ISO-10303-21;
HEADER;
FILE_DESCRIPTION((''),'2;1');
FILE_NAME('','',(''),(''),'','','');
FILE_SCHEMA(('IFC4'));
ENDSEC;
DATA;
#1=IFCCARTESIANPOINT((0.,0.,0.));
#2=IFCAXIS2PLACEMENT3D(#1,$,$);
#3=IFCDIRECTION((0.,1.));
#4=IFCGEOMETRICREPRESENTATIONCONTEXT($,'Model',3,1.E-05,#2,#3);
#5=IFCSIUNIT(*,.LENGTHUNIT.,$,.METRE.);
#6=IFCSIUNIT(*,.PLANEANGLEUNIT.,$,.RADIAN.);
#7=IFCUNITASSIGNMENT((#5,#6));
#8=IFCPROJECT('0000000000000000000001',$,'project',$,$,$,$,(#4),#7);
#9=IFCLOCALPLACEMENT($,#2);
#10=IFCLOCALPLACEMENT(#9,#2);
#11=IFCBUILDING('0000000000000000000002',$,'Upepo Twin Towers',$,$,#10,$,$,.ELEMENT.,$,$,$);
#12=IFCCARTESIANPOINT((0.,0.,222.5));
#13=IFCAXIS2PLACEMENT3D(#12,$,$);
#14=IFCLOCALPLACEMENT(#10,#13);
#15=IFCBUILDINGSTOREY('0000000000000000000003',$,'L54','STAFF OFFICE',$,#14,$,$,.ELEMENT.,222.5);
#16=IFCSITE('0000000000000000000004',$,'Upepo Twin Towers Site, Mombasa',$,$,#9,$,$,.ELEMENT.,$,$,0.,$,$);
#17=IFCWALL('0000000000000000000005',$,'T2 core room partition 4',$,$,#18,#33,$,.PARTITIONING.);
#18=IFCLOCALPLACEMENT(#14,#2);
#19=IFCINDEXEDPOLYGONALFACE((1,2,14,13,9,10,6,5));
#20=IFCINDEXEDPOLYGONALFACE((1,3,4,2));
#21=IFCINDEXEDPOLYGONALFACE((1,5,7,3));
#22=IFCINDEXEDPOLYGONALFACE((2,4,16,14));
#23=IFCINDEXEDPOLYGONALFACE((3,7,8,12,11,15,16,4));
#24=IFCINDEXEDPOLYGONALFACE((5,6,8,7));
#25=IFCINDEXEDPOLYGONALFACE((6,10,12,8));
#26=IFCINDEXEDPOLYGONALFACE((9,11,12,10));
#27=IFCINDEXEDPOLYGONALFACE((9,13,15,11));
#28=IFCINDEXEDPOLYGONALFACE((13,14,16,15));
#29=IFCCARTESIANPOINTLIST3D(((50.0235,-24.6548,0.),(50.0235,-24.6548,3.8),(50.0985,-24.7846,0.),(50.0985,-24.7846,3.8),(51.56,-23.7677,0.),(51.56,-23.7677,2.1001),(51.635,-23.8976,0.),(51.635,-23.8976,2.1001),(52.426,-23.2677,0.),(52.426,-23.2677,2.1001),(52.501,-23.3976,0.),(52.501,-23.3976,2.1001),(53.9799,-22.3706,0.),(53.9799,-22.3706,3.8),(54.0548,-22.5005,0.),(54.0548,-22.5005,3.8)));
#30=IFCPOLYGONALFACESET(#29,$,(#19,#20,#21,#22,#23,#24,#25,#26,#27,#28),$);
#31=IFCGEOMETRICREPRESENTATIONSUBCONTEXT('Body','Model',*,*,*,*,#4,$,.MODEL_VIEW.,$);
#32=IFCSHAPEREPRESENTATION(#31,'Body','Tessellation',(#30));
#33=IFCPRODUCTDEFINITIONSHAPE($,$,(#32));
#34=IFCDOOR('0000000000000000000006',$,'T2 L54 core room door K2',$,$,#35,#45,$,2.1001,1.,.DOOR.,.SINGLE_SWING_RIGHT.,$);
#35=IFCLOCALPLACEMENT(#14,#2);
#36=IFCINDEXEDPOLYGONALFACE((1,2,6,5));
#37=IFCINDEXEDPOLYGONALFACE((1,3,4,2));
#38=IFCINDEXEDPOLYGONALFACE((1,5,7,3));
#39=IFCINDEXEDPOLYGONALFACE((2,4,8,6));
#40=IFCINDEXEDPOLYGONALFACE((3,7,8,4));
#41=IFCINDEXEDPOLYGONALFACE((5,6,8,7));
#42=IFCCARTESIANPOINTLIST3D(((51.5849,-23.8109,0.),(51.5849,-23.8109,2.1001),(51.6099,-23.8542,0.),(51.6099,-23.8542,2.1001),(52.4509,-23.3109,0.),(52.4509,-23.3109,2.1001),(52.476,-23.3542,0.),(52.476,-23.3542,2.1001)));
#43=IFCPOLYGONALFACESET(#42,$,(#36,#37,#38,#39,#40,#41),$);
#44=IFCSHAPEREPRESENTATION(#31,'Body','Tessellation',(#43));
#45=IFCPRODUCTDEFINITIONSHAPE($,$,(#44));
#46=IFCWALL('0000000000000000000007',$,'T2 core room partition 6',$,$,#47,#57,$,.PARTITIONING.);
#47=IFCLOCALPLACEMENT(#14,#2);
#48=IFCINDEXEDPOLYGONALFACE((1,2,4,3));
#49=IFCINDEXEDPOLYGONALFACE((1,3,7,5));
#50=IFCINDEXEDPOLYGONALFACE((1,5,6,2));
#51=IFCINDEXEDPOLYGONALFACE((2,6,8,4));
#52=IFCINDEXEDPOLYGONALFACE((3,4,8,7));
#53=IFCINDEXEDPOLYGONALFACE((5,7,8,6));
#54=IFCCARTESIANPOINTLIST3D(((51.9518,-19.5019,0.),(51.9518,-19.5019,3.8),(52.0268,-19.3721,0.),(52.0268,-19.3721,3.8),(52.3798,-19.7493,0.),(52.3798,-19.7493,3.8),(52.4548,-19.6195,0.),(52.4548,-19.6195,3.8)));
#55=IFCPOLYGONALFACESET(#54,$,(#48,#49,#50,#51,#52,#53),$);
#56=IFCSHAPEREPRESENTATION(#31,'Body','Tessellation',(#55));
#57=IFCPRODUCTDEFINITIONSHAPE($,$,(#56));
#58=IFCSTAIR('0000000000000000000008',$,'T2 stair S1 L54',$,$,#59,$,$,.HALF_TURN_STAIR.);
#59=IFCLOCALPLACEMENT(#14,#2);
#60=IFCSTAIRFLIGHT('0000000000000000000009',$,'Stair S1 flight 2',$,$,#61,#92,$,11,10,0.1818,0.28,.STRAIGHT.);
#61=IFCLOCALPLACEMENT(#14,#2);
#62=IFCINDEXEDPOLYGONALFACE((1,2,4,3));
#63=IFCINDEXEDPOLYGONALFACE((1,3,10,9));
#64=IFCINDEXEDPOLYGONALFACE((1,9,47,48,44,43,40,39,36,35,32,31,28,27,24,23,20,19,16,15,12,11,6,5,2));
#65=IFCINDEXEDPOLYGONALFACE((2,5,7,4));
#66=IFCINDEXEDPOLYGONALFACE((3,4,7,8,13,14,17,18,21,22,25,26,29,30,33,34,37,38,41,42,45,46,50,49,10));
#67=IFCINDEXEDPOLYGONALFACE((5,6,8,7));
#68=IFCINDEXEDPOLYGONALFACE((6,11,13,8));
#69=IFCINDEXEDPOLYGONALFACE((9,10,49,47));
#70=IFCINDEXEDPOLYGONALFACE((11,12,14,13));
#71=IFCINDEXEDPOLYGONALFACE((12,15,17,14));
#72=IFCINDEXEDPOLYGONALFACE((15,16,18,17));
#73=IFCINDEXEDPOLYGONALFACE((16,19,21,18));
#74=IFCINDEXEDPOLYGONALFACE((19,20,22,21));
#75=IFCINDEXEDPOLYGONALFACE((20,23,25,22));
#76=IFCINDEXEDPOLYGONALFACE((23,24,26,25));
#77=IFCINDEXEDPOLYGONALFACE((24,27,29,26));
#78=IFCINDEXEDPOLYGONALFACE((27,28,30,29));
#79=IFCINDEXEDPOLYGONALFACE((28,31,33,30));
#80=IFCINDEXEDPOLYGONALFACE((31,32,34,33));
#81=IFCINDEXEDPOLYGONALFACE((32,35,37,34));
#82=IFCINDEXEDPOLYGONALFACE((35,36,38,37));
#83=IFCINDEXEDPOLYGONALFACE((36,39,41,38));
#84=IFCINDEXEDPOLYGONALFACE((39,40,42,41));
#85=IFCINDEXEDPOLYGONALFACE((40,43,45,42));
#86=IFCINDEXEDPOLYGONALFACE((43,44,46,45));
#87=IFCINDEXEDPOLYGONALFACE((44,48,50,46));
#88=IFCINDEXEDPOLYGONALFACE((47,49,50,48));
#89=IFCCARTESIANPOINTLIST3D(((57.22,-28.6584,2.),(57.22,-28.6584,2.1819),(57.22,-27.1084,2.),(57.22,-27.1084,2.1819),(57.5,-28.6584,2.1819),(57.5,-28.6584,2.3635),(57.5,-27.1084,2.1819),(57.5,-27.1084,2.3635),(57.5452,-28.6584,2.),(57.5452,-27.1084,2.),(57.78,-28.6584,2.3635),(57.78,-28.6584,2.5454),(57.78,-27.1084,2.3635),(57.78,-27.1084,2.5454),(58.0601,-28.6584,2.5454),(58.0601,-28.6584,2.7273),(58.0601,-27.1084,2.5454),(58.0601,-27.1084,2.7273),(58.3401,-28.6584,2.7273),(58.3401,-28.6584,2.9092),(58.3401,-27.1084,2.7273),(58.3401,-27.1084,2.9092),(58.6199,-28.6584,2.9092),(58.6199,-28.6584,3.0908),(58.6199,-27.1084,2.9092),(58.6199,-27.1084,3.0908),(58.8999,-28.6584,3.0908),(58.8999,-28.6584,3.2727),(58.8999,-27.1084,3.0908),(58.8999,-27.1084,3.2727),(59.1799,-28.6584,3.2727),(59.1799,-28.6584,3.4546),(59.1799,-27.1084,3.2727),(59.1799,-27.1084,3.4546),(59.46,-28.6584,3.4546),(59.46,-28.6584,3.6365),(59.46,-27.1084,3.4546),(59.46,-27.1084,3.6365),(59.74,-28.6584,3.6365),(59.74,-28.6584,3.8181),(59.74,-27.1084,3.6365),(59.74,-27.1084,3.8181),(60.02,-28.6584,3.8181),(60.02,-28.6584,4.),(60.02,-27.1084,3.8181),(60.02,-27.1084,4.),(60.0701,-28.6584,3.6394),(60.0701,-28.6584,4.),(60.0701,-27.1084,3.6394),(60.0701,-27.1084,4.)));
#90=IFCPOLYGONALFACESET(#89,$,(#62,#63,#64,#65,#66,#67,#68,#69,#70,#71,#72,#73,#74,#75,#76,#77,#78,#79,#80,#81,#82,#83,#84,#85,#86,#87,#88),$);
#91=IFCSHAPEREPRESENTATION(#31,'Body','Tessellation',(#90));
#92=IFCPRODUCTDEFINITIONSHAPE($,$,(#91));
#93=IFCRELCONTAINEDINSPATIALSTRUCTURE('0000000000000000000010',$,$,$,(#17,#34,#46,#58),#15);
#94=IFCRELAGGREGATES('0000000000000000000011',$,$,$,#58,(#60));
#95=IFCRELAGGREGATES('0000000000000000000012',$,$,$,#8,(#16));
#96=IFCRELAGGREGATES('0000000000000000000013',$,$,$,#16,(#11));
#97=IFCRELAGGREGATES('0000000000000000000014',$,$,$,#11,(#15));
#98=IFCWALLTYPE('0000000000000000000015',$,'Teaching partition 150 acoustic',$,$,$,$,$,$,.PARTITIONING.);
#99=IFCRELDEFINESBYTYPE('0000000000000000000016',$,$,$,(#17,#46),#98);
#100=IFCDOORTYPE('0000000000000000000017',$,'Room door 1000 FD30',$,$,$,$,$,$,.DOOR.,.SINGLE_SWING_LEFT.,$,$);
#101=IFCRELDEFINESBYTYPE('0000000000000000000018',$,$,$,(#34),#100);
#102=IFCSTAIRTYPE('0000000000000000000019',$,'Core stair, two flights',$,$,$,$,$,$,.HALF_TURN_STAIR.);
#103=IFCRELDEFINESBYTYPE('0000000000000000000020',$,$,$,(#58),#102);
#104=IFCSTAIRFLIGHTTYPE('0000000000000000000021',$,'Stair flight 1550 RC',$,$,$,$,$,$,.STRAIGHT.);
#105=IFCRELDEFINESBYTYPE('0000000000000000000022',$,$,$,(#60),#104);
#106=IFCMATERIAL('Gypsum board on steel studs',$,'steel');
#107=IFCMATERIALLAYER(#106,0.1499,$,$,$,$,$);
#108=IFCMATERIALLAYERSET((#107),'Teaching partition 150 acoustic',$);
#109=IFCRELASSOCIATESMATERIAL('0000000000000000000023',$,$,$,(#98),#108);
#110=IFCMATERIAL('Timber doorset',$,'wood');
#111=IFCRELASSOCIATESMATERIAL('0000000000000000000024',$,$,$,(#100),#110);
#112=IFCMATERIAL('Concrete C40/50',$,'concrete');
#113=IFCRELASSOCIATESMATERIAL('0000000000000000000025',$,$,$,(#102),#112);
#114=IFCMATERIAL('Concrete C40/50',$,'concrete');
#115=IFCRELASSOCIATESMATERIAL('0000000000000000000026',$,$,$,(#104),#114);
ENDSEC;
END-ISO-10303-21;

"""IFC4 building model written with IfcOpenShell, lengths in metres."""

from ifc_helpers import new_model, si_unit, direction, frame, frame_2d, origin, place, context, subcontext, project, spatial, polyline, rectangle, outline, extrude, material, layer, layer_set, type_object, element, fill, aggregate, save


model = new_model("IFC4")

# Units and contexts
model_context = context("Model", 3, precision=1e-05, world=origin(), true_north=direction((0.0, 1.0)))
body_context = subcontext(model_context, "Body", "Model", "MODEL_VIEW")
ifc_project = project(units=[si_unit("LENGTHUNIT", "METRE"), si_unit("PLANEANGLEUNIT", "RADIAN")], contexts=[model_context])

# Site, building, storey
site_placement = place(None, origin())
site = spatial("IfcSite", under=ifc_project, at=site_placement, Name="Upepo Twin Towers Site, Mombasa", CompositionType="ELEMENT", RefElevation=0.0)
building_placement = place(site_placement, origin())
building = spatial("IfcBuilding", under=site, at=building_placement, Name="Upepo Twin Towers", CompositionType="ELEMENT")
storey_placement = place(building_placement, frame((0.0, 0.0, 222.5)))
storey = spatial("IfcBuildingStorey", under=building, at=storey_placement, Name="L54", Description="STAFF OFFICE", CompositionType="ELEMENT", Elevation=222.5)

# Shared definitions
ifc_material_1 = material(Name="Gypsum board on steel studs", Category="steel")
ifc_layer_1 = layer(ifc_material_1, 0.1499)
ifc_layer_set_1 = layer_set([ifc_layer_1], Name="Teaching partition 150 acoustic")
wall_type_1 = type_object("IfcWallType", Name="Teaching partition 150 acoustic", PredefinedType="PARTITIONING", material=ifc_layer_set_1)

# Wall, opening, door
wall_1_placement = place(storey_placement, frame((54.0173, -22.4355, 0.0), z_axis=(0.0, 0.0, 1.0), x_axis=(-0.866025, -0.500002, 0.0)))
wall_1 = element("IfcWall", 1, at=wall_1_placement, inside=storey, type_object=wall_type_1, Name="T2 core room partition 4", PredefinedType="PARTITIONING", context=body_context, shape_type="SweptSolid", body=[
    extrude(rectangle(XDim=4.5684, YDim=0.1499, at=frame_2d((2.2842, 0.0))), origin(), (0.0, 0.0, 1.0), 3.8),
])
opening_1_placement = place(wall_1_placement, frame((1.7942, 0.0, 0.0)))
opening_1 = element("IfcOpeningElement", 2, at=opening_1_placement, cuts=wall_1, PredefinedType="OPENING", context=body_context, shape_type="SweptSolid", body=[
    extrude(rectangle(XDim=1.0, YDim=2.1001, at=frame_2d((0.5, 1.05))), frame((0.0, 0.085, 0.0), z_axis=(0.0, -1.0, 0.0), x_axis=(1.0, 0.0, 0.0)), (0.0, 0.0, 1.0), 0.1699),
])
ifc_material_2 = material(Name="Timber doorset", Category="wood")
door_type_1 = type_object("IfcDoorType", Name="Room door 1000 FD30", OperationType="SINGLE_SWING_LEFT", PredefinedType="DOOR", material=ifc_material_2)
door_1_placement = place(opening_1_placement, origin())
door_1 = element("IfcDoor", 3, at=door_1_placement, inside=storey, type_object=door_type_1, Name="T2 L54 core room door K2", OperationType="SINGLE_SWING_RIGHT", OverallHeight=2.1001, OverallWidth=1.0, PredefinedType="DOOR", context=body_context, shape_type="SweptSolid", body=[
    extrude(rectangle(XDim=1.0, YDim=2.1001, at=frame_2d((0.5, 1.05))), frame((0.0, 0.0249, 0.0), z_axis=(0.0, -1.0, 0.0), x_axis=(1.0, 0.0, 0.0)), (0.0, 0.0, 1.0), 0.05),
])
fill(opening_1, door_1)

# Wall
wall_2_placement = place(storey_placement, frame((52.4172, -19.6843, 0.0), z_axis=(0.0, 0.0, 1.0), x_axis=(-0.865832, 0.500335, 0.0)))
element("IfcWall", 4, at=wall_2_placement, inside=storey, type_object=wall_type_1, Name="T2 core room partition 6", PredefinedType="PARTITIONING", context=body_context, shape_type="SweptSolid", body=[
    extrude(rectangle(XDim=0.4944, YDim=0.1499, at=frame_2d((0.2471, 0.0))), origin(), (0.0, 0.0, 1.0), 3.8),
])

# Stair, stair flight
ifc_material_3 = material(Name="Concrete C40/50", Category="concrete")
stair_type = type_object("IfcStairType", Name="Core stair, two flights", PredefinedType="HALF_TURN_STAIR", material=ifc_material_3)
stair_placement = place(storey_placement, origin())
stair = element("IfcStair", 5, at=stair_placement, inside=storey, type_object=stair_type, Name="T2 stair S1 L54", PredefinedType="HALF_TURN_STAIR")
ifc_material_4 = material(Name="Concrete C40/50", Category="concrete")
stair_flight_type = type_object("IfcStairFlightType", Name="Stair flight 1550 RC", PredefinedType="STRAIGHT", material=ifc_material_4)
stair_flight_placement = place(storey_placement, frame((57.22, -27.8833, 2.0), z_axis=(0.0, 0.0, 1.0), x_axis=(1.0, 0.0, 0.0)))
stair_flight = element("IfcStairFlight", 6, at=stair_flight_placement, type_object=stair_flight_type, Name="Stair S1 flight 2", NumberOfRisers=11, NumberOfTreads=10, PredefinedType="STRAIGHT", RiserHeight=0.1818, TreadLength=0.28, context=body_context, shape_type="SweptSolid", body=[
    extrude(outline(polyline([(0.0, 0.0), (0.0, 0.1819), (0.28, 0.1819), (0.28, 0.3635), (0.5601, 0.3635), (0.5601, 0.5454), (0.8401, 0.5454), (0.8401, 0.7273), (1.1201, 0.7273), (1.1201, 0.9092), (1.3999, 0.9092), (1.3999, 1.0908), (1.6799, 1.0908), (1.6799, 1.2727), (1.96, 1.2727), (1.96, 1.4546), (2.24, 1.4546), (2.24, 1.6365), (2.52, 1.6365), (2.52, 1.8181), (2.8, 1.8181), (2.8, 2.0), (2.8501, 2.0), (2.8501, 1.6394), (0.3252, 0.0), (0.0, 0.0)])), frame((0.0, 0.7749, 0.0), z_axis=(0.0, -1.0, 0.0), x_axis=(1.0, 0.0, 0.0)), (0.0, 0.0, 1.0), 1.55),
])
aggregate(stair, [stair_flight])

save(model, "model.ifc")
